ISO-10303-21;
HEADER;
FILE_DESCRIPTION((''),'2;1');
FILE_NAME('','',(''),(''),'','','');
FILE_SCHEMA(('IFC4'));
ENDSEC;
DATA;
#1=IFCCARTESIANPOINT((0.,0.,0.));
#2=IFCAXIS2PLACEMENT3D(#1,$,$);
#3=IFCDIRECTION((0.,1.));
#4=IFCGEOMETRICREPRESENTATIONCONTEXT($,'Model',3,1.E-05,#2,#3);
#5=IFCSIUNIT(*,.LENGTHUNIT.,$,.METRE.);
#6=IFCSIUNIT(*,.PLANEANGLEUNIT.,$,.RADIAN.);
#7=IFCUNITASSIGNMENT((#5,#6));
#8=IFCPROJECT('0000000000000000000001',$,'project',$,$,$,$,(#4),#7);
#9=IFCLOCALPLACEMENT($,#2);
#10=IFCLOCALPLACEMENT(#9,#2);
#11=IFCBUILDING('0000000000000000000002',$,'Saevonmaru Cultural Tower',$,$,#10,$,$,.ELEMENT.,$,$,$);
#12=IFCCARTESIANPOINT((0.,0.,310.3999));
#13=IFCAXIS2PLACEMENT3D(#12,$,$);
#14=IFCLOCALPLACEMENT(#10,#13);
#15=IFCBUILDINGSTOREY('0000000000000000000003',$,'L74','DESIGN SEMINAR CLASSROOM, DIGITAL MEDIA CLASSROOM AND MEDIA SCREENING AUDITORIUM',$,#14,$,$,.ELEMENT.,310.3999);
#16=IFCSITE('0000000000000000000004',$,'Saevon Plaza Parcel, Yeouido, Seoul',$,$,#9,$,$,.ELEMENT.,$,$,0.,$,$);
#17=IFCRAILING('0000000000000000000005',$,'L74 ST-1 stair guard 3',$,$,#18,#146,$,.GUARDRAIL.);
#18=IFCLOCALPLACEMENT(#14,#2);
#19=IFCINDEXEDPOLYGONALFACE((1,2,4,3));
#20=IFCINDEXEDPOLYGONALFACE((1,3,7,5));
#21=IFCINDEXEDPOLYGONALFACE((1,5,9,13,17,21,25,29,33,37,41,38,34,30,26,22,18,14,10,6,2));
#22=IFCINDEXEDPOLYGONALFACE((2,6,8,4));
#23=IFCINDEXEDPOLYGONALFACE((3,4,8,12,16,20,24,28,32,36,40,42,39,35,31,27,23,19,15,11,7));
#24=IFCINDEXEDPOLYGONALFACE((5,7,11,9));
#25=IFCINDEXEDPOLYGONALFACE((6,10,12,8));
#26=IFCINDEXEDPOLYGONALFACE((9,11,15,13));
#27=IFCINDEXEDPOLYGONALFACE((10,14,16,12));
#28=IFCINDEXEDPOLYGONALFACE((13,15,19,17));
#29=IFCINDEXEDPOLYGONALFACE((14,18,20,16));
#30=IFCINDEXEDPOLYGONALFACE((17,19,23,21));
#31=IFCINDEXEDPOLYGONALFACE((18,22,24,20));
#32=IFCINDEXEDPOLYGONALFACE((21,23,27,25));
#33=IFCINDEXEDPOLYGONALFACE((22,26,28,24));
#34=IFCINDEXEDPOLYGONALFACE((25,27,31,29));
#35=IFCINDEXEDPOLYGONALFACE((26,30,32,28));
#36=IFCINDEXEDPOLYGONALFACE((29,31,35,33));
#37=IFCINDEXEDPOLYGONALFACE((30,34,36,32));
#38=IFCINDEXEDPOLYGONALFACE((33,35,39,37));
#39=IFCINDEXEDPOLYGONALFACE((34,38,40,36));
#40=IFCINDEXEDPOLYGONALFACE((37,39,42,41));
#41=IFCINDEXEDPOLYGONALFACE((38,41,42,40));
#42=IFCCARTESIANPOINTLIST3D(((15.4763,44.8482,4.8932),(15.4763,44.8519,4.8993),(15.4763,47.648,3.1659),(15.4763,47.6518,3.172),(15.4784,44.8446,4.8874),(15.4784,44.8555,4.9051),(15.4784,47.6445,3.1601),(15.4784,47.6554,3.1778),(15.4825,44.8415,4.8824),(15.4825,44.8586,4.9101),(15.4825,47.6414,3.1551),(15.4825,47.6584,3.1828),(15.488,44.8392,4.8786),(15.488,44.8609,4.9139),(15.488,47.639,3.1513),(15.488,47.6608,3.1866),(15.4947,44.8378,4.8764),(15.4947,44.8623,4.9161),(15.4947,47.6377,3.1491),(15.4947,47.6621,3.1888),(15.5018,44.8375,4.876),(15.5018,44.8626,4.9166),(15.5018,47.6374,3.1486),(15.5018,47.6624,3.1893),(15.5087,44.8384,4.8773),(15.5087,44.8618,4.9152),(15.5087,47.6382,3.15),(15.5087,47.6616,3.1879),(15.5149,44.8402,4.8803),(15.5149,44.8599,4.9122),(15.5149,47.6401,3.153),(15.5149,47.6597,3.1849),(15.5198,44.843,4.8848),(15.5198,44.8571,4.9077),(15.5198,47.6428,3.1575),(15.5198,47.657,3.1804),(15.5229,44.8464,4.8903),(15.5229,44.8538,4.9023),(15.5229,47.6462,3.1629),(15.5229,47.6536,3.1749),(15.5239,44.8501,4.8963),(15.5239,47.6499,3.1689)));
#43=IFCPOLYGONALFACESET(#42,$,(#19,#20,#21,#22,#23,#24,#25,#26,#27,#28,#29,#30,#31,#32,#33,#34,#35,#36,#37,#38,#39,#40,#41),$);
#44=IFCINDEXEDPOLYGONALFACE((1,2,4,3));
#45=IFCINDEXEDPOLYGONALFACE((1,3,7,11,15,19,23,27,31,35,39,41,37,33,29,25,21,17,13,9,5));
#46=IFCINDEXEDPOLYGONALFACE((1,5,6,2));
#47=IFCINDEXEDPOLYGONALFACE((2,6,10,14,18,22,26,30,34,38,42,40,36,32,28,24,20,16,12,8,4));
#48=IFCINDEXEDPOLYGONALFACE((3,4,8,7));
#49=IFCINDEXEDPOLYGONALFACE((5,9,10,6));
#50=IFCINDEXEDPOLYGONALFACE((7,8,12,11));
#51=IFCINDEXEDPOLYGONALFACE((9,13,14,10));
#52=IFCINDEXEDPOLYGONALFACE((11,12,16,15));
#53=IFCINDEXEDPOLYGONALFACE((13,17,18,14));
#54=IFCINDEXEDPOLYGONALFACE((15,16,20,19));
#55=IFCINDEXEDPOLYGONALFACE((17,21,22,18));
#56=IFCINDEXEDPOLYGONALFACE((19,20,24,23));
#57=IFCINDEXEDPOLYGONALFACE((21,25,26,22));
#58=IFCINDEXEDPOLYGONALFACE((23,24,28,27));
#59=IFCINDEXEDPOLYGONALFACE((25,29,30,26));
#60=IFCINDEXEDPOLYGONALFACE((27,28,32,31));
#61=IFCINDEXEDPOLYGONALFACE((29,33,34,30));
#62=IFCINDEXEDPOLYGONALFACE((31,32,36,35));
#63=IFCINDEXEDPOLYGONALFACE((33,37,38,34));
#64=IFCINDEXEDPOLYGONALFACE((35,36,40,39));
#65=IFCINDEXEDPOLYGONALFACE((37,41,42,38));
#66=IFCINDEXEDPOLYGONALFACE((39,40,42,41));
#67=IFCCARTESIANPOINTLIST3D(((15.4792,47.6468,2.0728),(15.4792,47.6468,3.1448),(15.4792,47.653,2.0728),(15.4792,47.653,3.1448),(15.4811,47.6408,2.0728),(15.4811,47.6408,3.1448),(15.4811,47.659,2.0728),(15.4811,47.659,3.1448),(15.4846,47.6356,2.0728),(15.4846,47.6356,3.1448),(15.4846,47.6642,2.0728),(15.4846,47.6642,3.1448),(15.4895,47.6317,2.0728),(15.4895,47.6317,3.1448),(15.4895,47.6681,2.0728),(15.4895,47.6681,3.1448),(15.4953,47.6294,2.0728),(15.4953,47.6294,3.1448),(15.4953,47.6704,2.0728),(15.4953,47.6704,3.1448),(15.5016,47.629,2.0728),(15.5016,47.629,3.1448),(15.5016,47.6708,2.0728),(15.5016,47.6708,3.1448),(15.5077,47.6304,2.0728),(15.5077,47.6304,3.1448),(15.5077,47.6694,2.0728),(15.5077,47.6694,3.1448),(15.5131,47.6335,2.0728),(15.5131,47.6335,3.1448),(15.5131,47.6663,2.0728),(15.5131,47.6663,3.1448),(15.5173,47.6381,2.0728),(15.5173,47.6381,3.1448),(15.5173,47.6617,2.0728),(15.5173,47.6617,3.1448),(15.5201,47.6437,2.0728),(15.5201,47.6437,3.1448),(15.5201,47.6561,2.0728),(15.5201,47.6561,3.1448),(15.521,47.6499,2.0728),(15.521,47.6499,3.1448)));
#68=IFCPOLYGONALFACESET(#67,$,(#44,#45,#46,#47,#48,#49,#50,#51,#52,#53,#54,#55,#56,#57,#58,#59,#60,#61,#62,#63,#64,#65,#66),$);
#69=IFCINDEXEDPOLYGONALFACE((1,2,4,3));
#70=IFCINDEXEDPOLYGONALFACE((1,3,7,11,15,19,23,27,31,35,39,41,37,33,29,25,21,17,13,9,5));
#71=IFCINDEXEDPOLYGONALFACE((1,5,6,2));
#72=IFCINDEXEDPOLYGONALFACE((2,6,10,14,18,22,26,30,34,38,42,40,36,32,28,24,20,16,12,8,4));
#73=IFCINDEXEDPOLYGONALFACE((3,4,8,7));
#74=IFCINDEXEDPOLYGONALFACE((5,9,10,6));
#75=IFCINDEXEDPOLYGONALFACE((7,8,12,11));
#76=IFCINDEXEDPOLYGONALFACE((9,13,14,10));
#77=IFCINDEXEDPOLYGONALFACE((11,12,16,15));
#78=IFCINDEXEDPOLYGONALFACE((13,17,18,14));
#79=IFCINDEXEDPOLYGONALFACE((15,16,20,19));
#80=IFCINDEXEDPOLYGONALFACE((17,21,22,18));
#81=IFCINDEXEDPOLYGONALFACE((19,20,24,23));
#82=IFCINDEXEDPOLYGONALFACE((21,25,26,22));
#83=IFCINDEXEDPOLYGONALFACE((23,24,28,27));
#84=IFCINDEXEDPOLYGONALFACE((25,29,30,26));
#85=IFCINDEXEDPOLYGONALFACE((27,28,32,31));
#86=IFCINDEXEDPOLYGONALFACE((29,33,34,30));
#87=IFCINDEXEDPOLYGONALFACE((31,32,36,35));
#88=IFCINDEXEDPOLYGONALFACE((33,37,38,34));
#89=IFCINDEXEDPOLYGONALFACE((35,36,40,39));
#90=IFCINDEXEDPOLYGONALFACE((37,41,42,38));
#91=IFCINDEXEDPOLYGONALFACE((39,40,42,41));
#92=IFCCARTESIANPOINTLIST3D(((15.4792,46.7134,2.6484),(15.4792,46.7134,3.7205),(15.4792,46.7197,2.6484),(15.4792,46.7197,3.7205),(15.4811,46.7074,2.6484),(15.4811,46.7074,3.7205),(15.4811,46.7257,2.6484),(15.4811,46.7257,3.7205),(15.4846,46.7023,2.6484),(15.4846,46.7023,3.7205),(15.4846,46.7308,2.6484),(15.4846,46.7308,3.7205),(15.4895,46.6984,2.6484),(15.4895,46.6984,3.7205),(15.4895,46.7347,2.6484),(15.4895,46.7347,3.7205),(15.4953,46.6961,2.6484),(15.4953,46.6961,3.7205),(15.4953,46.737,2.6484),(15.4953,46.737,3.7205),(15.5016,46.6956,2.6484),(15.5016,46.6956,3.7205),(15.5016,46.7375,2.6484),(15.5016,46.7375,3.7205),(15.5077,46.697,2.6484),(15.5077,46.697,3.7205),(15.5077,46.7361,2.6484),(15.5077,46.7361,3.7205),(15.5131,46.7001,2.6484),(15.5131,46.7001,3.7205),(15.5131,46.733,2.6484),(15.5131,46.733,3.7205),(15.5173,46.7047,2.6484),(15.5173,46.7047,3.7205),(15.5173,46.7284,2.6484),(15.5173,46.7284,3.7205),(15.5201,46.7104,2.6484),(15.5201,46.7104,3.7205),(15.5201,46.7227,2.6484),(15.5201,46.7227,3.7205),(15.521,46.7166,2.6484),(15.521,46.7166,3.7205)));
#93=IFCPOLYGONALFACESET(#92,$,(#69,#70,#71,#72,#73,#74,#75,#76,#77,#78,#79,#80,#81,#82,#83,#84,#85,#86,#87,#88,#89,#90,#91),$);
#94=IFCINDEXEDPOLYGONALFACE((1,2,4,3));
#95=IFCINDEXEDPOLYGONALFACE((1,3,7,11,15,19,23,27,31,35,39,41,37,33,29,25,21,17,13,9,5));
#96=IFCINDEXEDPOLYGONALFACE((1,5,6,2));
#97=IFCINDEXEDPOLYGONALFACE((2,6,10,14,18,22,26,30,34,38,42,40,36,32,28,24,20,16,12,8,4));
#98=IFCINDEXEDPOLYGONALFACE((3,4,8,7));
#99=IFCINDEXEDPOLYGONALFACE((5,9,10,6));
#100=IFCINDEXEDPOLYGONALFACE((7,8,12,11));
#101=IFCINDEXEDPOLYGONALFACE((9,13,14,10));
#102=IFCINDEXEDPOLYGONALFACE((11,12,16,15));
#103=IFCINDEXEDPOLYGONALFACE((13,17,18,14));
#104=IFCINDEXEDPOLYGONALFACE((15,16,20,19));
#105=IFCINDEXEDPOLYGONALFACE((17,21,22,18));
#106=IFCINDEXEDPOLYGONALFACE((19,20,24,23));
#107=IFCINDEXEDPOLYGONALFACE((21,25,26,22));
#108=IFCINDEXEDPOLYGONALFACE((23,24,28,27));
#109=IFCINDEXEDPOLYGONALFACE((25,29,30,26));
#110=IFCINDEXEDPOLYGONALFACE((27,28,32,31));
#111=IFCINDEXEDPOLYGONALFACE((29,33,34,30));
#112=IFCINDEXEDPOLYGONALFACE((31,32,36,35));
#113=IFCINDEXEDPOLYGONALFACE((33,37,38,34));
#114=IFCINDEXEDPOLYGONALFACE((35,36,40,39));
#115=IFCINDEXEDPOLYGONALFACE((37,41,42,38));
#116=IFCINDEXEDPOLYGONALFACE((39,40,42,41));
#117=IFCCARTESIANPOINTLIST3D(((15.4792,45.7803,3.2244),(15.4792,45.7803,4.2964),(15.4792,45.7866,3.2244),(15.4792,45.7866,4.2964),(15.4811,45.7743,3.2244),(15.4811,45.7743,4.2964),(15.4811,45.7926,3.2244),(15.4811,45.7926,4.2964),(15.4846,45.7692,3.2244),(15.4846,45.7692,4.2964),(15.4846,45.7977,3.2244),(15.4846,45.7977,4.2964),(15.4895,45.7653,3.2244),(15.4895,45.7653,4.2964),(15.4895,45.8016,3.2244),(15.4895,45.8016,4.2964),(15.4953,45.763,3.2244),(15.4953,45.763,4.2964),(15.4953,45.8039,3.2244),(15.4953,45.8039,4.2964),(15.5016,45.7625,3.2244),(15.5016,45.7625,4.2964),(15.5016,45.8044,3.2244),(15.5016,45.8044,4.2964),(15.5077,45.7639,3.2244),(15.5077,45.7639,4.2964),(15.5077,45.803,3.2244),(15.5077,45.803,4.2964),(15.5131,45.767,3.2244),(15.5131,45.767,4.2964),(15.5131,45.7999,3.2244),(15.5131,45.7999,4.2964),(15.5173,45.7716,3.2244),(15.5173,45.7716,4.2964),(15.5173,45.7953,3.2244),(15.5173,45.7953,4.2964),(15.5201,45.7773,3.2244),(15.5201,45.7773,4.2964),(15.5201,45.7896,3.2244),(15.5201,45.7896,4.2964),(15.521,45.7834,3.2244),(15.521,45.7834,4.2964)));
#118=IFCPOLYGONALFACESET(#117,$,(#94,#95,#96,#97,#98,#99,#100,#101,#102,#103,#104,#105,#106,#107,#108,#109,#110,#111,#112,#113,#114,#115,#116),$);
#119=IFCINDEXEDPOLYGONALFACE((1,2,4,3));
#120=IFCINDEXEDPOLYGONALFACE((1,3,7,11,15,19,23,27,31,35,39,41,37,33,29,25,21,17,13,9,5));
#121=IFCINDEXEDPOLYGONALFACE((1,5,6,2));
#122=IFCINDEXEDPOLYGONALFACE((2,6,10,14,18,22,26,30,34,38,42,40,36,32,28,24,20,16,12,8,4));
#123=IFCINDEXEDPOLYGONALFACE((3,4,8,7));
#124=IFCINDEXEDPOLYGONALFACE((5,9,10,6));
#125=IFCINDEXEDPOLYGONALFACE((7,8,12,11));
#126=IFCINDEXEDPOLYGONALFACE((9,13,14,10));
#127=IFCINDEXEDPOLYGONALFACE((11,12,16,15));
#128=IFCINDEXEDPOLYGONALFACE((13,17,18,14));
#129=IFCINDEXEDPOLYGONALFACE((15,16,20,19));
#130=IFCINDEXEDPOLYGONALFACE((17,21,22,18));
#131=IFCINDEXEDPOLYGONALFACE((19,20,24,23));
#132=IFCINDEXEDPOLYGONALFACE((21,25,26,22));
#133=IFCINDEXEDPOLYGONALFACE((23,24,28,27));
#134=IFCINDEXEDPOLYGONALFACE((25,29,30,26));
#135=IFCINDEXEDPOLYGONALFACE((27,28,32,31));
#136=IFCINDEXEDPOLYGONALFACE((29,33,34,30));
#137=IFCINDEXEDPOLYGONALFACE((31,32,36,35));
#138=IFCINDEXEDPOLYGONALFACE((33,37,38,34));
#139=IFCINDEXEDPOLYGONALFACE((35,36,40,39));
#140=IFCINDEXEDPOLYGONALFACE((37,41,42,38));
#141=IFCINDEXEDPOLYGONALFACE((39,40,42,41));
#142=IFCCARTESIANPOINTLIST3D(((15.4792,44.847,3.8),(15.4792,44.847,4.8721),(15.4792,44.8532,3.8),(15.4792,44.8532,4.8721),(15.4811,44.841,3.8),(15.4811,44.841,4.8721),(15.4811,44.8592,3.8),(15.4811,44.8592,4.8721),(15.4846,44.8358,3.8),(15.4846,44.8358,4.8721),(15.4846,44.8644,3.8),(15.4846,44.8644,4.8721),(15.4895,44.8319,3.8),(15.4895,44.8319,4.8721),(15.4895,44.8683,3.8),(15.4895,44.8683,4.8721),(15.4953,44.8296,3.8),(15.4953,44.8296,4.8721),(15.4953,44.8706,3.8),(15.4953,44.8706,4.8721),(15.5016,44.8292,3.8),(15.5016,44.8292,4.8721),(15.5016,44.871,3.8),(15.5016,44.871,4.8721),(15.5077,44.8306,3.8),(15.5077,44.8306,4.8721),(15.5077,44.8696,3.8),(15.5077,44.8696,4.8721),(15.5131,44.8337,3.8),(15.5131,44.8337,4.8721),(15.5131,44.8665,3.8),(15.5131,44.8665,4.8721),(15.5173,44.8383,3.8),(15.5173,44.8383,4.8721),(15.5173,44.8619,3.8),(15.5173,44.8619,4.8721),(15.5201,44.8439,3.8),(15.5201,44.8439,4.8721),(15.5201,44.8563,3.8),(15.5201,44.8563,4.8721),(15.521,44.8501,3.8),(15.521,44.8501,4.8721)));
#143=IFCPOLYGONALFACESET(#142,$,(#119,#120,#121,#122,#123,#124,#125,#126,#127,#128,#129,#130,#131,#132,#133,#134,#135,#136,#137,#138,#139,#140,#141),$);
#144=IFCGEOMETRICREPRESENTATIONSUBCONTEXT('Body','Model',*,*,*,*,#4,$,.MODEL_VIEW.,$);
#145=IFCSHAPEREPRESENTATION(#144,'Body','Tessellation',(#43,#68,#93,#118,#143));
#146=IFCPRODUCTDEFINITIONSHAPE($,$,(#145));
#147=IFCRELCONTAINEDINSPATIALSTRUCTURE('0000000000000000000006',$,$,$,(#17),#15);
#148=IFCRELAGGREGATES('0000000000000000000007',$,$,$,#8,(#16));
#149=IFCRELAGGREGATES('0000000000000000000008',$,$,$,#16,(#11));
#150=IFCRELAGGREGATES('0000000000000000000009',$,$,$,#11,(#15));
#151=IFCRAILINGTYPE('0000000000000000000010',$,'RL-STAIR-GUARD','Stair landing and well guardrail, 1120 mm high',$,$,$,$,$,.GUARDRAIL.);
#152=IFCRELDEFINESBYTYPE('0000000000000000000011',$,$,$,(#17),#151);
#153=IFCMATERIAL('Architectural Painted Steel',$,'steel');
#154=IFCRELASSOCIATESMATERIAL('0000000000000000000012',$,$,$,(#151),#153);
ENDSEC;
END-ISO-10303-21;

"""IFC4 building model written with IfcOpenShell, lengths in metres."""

from ifc_helpers import new_model, si_unit, direction, frame, origin, origin_2d, place, context, subcontext, project, spatial, circle, extrude, material, type_object, element, save


model = new_model("IFC4")

# Units and contexts
model_context = context("Model", 3, precision=1e-05, world=origin(), true_north=direction((0.0, 1.0)))
body_context = subcontext(model_context, "Body", "Model", "MODEL_VIEW")
ifc_project = project(units=[si_unit("LENGTHUNIT", "METRE"), si_unit("PLANEANGLEUNIT", "RADIAN")], contexts=[model_context])

# Site, building, storey
site_placement = place(None, origin())
site = spatial("IfcSite", under=ifc_project, at=site_placement, Name="Saevon Plaza Parcel, Yeouido, Seoul", CompositionType="ELEMENT", RefElevation=0.0)
building_placement = place(site_placement, origin())
building = spatial("IfcBuilding", under=site, at=building_placement, Name="Saevonmaru Cultural Tower", CompositionType="ELEMENT")
storey_placement = place(building_placement, frame((0.0, 0.0, 310.3999)))
storey = spatial("IfcBuildingStorey", under=building, at=storey_placement, Name="L74", Description="DESIGN SEMINAR CLASSROOM, DIGITAL MEDIA CLASSROOM AND MEDIA SCREENING AUDITORIUM", CompositionType="ELEMENT", Elevation=310.3999)

# Railing
ifc_material_1 = material(Name="Architectural Painted Steel", Category="steel")
railing_type = type_object("IfcRailingType", Name="RL-STAIR-GUARD", Description="Stair landing and well guardrail, 1120 mm high", PredefinedType="GUARDRAIL", material=ifc_material_1)
railing_1_placement = place(storey_placement, frame((15.5, 47.6499, 2.0728)))
element("IfcRailing", 1, at=railing_1_placement, inside=storey, type_object=railing_type, Name="L74 ST-1 stair guard 3", PredefinedType="GUARDRAIL", context=body_context, shape_type="SweptSolid", body=[
    extrude(circle(Radius=0.0239, at=origin_2d()), frame((0.0, 0.0, 1.0962), z_axis=(0.0, -0.851069, 0.525054), x_axis=(1.0, 0.0, 0.0)), (0.0, 0.0, 1.0), 3.2898),
    extrude(circle(Radius=0.021, at=origin_2d()), origin(), (0.0, 0.0, 1.0), 1.072),
    extrude(circle(Radius=0.021, at=origin_2d()), frame((0.0, -0.9333, 0.5757)), (0.0, 0.0, 1.0), 1.072),
    extrude(circle(Radius=0.021, at=origin_2d()), frame((0.0, -1.8665, 1.1516)), (0.0, 0.0, 1.0), 1.072),
    extrude(circle(Radius=0.021, at=origin_2d()), frame((0.0, -2.7998, 1.7273)), (0.0, 0.0, 1.0), 1.072),
])

save(model, "model.ifc")
